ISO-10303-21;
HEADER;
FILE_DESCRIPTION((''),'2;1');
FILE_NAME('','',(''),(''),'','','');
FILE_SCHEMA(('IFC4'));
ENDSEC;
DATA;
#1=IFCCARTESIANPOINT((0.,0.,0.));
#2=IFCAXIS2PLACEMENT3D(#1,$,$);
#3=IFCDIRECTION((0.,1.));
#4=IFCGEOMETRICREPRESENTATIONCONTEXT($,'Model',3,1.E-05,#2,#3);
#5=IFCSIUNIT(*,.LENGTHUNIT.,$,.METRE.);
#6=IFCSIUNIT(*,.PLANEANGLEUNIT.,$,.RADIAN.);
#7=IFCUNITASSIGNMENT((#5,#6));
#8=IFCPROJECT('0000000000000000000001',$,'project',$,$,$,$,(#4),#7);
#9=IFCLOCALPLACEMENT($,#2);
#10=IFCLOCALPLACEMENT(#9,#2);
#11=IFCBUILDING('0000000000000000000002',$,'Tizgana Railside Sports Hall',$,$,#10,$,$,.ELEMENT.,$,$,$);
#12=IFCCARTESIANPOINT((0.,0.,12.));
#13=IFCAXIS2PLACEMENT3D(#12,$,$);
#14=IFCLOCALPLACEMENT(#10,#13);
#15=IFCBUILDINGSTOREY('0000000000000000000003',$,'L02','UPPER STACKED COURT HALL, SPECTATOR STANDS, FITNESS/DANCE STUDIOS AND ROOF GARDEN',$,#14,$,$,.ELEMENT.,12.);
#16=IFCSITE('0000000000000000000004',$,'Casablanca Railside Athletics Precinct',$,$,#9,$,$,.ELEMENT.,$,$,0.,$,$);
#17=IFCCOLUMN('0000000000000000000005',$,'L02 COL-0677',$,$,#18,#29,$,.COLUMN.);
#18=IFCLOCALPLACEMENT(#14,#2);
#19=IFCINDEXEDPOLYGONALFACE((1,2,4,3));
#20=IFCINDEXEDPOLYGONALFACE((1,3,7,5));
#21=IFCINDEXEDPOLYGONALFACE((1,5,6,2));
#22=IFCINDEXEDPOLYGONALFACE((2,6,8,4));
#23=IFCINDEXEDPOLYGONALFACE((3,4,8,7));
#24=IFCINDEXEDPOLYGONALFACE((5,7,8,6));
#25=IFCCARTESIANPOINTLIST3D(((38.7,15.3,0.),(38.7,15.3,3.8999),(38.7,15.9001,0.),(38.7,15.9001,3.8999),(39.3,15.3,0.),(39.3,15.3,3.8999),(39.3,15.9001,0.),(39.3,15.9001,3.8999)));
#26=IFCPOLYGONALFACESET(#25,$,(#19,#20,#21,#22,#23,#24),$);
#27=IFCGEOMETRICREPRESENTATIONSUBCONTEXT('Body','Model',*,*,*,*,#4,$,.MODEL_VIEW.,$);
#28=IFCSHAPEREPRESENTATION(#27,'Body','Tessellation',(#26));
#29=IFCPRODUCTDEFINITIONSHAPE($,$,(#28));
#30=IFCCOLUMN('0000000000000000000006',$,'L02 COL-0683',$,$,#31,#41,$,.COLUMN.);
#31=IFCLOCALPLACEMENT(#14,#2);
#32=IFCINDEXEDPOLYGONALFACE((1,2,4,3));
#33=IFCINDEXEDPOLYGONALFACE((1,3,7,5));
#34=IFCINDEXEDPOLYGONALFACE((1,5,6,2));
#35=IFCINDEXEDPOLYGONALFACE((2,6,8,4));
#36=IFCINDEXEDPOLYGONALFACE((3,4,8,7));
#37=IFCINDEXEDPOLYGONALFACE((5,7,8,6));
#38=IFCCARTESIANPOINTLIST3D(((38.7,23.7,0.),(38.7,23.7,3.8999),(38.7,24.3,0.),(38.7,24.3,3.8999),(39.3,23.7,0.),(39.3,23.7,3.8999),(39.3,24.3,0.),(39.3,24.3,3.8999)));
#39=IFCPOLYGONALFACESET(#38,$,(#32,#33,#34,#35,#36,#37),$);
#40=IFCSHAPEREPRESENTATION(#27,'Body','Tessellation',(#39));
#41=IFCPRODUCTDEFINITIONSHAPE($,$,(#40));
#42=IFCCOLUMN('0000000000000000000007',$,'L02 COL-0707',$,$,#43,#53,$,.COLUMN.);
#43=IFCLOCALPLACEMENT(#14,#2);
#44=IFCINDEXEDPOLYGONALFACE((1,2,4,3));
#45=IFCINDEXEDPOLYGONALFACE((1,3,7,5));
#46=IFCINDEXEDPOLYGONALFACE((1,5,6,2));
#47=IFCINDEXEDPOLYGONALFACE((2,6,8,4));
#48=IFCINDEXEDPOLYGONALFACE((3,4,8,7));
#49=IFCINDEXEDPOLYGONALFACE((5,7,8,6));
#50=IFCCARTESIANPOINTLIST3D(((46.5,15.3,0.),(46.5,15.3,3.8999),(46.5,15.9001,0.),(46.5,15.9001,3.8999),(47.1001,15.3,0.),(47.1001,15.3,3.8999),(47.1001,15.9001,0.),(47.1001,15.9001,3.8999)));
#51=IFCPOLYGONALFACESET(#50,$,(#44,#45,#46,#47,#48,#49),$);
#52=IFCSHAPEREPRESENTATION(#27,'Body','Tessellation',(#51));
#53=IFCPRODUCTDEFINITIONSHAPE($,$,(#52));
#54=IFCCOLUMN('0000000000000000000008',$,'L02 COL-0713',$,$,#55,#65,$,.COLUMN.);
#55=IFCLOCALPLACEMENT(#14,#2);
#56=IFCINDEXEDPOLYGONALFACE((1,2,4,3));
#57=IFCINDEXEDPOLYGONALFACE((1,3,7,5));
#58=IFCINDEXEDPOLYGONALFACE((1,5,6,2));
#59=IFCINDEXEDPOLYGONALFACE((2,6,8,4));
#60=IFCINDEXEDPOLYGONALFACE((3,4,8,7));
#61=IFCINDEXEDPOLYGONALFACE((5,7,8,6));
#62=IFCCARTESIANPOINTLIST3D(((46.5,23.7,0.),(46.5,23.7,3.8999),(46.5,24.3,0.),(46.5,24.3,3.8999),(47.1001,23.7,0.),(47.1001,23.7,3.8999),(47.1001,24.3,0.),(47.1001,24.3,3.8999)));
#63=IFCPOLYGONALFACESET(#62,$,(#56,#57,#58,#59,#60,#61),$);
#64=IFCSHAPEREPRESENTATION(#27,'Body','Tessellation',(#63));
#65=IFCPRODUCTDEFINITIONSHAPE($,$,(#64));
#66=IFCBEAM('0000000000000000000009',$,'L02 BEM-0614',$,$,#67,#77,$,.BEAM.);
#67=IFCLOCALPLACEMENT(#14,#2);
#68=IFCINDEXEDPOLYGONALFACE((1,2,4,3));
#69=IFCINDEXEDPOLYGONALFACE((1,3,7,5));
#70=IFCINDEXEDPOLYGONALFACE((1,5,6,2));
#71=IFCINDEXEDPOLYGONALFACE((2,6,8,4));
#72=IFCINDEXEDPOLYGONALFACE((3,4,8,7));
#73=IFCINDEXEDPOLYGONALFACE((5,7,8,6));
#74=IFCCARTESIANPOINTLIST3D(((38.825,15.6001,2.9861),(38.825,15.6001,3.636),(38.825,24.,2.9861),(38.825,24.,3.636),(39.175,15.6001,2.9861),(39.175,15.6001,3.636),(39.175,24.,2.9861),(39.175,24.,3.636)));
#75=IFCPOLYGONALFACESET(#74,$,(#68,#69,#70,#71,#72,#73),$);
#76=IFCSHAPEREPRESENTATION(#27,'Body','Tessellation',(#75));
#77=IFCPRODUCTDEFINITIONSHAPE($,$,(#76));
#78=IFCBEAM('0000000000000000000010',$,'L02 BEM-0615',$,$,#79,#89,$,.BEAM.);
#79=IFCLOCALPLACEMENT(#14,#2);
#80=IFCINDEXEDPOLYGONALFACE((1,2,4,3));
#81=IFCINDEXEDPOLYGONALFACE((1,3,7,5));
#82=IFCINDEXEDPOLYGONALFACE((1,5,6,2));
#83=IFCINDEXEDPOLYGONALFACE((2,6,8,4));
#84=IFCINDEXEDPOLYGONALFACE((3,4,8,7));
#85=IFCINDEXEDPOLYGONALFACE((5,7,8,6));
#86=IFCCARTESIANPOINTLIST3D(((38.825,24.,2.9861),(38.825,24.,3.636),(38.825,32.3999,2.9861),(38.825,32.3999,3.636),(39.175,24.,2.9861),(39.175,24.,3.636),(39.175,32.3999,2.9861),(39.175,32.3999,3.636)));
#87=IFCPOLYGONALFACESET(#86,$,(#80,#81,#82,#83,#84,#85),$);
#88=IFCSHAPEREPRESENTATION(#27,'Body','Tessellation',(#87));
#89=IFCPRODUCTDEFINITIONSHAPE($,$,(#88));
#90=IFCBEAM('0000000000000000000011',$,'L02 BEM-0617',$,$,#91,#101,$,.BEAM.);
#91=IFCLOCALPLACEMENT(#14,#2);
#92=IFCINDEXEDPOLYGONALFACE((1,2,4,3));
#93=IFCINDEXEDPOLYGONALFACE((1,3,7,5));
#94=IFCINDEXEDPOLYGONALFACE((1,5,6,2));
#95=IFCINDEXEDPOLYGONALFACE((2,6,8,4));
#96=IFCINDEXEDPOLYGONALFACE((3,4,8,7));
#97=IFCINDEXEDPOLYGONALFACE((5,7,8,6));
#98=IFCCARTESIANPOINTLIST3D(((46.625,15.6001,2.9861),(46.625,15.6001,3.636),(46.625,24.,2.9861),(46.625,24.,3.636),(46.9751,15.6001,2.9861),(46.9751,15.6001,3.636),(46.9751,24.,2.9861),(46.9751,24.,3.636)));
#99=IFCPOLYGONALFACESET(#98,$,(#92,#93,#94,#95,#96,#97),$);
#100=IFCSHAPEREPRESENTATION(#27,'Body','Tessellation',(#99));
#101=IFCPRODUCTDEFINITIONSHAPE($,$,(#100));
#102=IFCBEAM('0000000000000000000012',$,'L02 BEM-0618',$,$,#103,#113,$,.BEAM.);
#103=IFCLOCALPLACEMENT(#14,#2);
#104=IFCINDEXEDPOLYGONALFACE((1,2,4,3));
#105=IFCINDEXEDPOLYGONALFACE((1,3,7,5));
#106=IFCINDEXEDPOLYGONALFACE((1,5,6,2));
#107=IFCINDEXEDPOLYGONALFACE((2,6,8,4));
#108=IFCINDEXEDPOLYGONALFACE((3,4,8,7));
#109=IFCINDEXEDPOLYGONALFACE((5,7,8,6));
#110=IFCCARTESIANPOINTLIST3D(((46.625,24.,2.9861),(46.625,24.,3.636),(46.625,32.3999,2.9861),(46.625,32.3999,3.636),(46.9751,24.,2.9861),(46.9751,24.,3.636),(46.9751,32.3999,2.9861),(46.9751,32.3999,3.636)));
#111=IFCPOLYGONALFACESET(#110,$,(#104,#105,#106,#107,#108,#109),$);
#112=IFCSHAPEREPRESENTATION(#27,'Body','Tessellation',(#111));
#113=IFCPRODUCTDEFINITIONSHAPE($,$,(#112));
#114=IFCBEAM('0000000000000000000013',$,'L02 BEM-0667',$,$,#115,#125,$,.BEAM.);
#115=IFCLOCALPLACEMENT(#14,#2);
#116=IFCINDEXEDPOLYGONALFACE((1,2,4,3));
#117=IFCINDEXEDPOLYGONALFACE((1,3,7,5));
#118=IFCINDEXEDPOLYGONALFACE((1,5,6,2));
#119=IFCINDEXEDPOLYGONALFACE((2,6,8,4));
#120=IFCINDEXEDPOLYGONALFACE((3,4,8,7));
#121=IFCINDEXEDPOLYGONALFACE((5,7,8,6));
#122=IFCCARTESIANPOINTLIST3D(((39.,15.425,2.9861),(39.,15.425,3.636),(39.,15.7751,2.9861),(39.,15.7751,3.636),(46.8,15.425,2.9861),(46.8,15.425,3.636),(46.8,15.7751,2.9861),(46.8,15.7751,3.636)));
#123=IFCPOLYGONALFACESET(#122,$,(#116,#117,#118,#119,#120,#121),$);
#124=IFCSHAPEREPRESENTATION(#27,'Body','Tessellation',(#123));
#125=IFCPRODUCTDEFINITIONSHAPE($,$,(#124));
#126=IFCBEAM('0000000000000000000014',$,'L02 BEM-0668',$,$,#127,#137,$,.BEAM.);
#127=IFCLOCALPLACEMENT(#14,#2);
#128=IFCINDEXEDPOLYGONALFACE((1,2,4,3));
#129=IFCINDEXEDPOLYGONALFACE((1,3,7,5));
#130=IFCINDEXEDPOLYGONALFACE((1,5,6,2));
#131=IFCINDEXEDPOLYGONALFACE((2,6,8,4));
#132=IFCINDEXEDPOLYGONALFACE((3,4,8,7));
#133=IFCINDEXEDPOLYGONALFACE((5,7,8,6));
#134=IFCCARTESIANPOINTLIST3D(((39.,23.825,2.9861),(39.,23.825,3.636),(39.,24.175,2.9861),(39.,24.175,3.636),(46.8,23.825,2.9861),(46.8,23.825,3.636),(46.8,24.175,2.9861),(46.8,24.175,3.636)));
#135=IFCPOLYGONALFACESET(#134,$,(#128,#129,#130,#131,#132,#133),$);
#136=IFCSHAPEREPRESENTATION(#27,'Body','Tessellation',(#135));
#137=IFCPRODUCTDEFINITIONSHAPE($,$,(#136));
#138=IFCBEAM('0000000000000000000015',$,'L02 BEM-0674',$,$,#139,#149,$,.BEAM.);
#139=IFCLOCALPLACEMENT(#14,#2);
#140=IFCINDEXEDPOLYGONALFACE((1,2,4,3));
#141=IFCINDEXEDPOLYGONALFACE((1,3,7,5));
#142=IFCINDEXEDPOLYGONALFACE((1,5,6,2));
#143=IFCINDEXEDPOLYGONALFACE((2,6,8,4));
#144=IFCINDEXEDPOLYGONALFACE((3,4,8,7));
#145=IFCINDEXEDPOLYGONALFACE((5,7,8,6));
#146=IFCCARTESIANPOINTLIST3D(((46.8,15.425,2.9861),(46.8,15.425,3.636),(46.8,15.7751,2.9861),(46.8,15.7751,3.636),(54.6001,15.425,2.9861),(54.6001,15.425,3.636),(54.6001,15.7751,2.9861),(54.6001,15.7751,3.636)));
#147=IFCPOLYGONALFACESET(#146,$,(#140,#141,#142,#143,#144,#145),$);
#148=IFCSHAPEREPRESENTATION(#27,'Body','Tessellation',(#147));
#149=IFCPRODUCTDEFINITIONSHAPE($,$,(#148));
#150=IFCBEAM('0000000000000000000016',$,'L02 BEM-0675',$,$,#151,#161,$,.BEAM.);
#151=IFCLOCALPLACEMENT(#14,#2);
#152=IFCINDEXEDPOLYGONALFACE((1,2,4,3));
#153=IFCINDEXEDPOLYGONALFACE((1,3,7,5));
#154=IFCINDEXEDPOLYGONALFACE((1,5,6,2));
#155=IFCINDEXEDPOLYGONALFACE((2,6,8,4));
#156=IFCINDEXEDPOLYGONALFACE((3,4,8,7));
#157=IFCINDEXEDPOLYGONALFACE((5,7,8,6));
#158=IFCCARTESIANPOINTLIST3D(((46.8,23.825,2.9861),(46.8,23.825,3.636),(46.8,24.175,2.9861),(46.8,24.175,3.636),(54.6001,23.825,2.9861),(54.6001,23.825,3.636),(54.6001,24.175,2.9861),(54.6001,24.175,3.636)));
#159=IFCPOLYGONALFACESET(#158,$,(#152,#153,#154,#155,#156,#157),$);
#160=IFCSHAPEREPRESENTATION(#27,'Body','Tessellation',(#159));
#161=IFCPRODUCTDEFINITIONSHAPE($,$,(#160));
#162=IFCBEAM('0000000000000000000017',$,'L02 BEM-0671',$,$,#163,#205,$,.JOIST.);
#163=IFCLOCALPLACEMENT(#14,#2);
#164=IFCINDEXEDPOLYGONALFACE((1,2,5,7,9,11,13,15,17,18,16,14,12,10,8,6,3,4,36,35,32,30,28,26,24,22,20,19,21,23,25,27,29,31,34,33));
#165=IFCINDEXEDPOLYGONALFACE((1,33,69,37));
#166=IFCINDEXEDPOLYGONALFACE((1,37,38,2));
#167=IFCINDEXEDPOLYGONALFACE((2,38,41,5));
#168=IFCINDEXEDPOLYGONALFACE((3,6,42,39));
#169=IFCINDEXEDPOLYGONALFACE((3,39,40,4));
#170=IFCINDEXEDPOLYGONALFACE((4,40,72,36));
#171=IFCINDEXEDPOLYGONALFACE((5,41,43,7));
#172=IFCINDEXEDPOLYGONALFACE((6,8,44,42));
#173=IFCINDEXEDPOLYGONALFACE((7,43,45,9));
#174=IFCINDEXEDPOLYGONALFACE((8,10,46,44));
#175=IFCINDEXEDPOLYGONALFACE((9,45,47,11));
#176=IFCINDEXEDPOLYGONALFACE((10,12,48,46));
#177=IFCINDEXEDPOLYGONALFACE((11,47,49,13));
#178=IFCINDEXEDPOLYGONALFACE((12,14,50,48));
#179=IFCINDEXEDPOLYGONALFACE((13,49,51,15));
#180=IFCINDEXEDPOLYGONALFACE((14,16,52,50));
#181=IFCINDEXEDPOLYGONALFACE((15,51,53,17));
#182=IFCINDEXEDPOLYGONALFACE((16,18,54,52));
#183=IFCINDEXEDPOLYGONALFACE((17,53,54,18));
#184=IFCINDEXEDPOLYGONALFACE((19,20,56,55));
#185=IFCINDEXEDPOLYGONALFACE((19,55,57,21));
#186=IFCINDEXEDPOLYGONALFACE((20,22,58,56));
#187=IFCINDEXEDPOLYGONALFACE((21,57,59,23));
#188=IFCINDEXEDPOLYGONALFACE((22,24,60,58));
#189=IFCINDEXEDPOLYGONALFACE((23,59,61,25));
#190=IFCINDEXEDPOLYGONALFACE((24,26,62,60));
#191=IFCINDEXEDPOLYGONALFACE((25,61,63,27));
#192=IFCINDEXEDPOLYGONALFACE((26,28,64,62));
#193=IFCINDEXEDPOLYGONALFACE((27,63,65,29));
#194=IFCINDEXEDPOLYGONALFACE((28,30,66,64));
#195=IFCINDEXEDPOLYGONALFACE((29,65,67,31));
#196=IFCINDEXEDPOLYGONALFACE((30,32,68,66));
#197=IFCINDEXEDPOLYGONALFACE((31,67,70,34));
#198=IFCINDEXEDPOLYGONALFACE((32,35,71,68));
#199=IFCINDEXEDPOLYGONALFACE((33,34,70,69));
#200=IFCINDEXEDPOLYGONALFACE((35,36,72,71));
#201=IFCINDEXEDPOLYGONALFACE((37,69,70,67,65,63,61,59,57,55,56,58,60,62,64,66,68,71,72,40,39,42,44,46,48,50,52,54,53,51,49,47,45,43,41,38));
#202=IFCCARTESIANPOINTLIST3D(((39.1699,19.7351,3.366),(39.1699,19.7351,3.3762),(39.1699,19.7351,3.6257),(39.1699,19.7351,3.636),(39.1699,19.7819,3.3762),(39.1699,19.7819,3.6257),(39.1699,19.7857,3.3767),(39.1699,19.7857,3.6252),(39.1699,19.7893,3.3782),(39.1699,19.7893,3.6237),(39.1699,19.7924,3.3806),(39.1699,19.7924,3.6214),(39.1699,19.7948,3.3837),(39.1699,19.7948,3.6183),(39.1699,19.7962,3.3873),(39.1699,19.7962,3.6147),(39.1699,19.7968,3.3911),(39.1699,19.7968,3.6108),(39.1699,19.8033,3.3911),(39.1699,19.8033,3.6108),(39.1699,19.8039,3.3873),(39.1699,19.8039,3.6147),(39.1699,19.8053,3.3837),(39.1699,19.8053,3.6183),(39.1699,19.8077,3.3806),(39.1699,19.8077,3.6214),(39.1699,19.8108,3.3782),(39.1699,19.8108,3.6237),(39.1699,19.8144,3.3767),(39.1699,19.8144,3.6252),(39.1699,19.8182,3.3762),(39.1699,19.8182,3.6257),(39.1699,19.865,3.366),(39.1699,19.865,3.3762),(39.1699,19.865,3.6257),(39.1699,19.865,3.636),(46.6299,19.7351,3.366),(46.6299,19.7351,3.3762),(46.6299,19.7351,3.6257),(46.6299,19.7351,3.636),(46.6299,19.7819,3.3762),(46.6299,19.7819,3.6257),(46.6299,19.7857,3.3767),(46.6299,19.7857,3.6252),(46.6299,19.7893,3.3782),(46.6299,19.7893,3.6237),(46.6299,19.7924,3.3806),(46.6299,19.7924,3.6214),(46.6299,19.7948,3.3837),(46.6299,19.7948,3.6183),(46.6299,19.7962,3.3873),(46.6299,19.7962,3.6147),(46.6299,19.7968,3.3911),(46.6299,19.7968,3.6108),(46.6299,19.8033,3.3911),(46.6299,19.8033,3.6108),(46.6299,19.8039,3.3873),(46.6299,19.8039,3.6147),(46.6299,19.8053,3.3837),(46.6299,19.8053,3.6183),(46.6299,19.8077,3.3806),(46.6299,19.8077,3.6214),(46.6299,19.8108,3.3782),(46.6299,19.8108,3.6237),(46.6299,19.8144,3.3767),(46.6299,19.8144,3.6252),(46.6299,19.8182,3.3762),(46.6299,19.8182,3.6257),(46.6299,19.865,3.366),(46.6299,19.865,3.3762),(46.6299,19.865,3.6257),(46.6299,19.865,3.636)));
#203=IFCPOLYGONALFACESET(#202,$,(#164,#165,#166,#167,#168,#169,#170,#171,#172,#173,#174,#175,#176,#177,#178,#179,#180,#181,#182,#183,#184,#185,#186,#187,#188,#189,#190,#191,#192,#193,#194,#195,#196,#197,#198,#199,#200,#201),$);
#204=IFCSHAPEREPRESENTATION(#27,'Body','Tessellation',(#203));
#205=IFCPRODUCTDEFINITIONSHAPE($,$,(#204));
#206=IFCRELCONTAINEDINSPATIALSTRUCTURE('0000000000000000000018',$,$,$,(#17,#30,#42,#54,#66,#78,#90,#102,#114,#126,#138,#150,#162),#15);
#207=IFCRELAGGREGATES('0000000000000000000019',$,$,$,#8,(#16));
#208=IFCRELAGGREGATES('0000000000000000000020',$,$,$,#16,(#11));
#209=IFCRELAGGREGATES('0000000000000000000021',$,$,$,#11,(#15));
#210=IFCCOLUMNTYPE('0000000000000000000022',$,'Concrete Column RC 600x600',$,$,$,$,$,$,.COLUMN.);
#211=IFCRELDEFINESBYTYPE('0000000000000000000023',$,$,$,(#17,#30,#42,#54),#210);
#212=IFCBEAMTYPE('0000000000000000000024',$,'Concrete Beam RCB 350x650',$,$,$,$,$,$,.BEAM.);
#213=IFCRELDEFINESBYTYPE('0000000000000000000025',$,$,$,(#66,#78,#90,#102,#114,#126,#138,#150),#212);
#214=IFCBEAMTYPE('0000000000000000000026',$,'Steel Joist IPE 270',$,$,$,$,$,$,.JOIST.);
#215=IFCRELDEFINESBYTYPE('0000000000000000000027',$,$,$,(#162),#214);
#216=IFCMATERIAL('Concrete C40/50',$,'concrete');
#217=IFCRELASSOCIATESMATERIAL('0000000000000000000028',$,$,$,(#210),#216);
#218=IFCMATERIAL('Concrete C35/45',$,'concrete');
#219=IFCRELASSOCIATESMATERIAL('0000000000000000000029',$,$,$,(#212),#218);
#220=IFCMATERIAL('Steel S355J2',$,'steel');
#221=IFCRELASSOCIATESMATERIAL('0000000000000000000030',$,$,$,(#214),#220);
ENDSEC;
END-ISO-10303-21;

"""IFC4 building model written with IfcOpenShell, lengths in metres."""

from ifc_helpers import new_model, si_unit, direction, frame, origin, origin_2d, place, context, subcontext, project, spatial, rectangle, i_section, extrude, material, material_profile, profile_set, type_object, element, save


model = new_model("IFC4")

# Units and contexts
model_context = context("Model", 3, precision=1e-05, world=origin(), true_north=direction((0.0, 1.0)))
body_context = subcontext(model_context, "Body", "Model", "MODEL_VIEW")
ifc_project = project(units=[si_unit("LENGTHUNIT", "METRE"), si_unit("PLANEANGLEUNIT", "RADIAN")], contexts=[model_context])

# Site, building, storey
site_placement = place(None, origin())
site = spatial("IfcSite", under=ifc_project, at=site_placement, Name="Casablanca Railside Athletics Precinct", CompositionType="ELEMENT", RefElevation=0.0)
building_placement = place(site_placement, origin())
building = spatial("IfcBuilding", under=site, at=building_placement, Name="Tizgana Railside Sports Hall", CompositionType="ELEMENT")
storey_placement = place(building_placement, frame((0.0, 0.0, 12.0)))
storey = spatial("IfcBuildingStorey", under=building, at=storey_placement, Name="L02", Description="UPPER STACKED COURT HALL, SPECTATOR STANDS, FITNESS/DANCE STUDIOS AND ROOF GARDEN", CompositionType="ELEMENT", Elevation=12.0)

# Columns
ifc_material_1 = material(Name="Concrete C40/50", Category="concrete")
ifc_material_profile_1 = material_profile(ifc_material_1, rectangle(XDim=0.6001, YDim=0.6001, at=origin_2d()), Name="RC 600x600")
ifc_profile_set_1 = profile_set([ifc_material_profile_1], Name="Concrete C40/50")
column_type = type_object("IfcColumnType", Name="Concrete Column RC 600x600", PredefinedType="COLUMN", material=ifc_profile_set_1)
for number, where, z_axis, x_axis, name in (
    (1, (39.0, 15.6001, 0.0), (0.0, 0.0, 1.0), (1.0, 0.0, 0.0), "L02 COL-0677"),
    (2, (39.0, 24.0, 0.0), (0.0, 0.0, 1.0), (1.0, 0.0, 0.0), "L02 COL-0683"),
    (3, (46.8, 15.6001, 0.0), (0.0, 0.0, 1.0), (1.0, 0.0, 0.0), "L02 COL-0707"),
    (4, (46.8, 24.0, 0.0), (0.0, 0.0, 1.0), (1.0, 0.0, 0.0), "L02 COL-0713"),
):
    element("IfcColumn", number, at=place(storey_placement, frame(where, z_axis=z_axis, x_axis=x_axis)), inside=storey, type_object=column_type, Name=name, PredefinedType="COLUMN", context=body_context, shape_type="SweptSolid", body=[
        extrude(rectangle(XDim=0.6001, YDim=0.6001, at=origin_2d()), origin(), (0.0, 0.0, 1.0), 3.8999),
    ])

# Beams
ifc_material_2 = material(Name="Concrete C35/45", Category="concrete")
ifc_material_profile_2 = material_profile(ifc_material_2, rectangle(XDim=0.3501, YDim=0.6499, at=origin_2d()), Name="RCB 350x650")
ifc_profile_set_2 = profile_set([ifc_material_profile_2], Name="Concrete C35/45")
beam_type_1 = type_object("IfcBeamType", Name="Concrete Beam RCB 350x650", PredefinedType="BEAM", material=ifc_profile_set_2)
for number, where, z_axis, x_axis, name in (
    (5, (39.0, 15.6001, 3.311), (0.0, 1.0, 0.0), (-1.0, 0.0, 0.0), "L02 BEM-0614"),
    (6, (39.0, 24.0, 3.311), (0.0, 1.0, 0.0), (-1.0, 0.0, 0.0), "L02 BEM-0615"),
    (7, (46.8, 15.6001, 3.311), (0.0, 1.0, 0.0), (-1.0, 0.0, 0.0), "L02 BEM-0617"),
    (8, (46.8, 24.0, 3.311), (0.0, 1.0, 0.0), (-1.0, 0.0, 0.0), "L02 BEM-0618"),
):
    element("IfcBeam", number, at=place(storey_placement, frame(where, z_axis=z_axis, x_axis=x_axis)), inside=storey, type_object=beam_type_1, Name=name, PredefinedType="BEAM", context=body_context, shape_type="SweptSolid", body=[
        extrude(rectangle(XDim=0.3501, YDim=0.6499, at=origin_2d()), origin(), (0.0, 0.0, 1.0), 8.3999),
    ])
for number, where, z_axis, x_axis, name in (
    (9, (39.0, 15.6001, 3.311), (1.0, 0.0, 0.0), (0.0, 1.0, 0.0), "L02 BEM-0667"),
    (10, (39.0, 24.0, 3.311), (1.0, 0.0, 0.0), (0.0, 1.0, 0.0), "L02 BEM-0668"),
    (11, (46.8, 15.6001, 3.311), (1.0, 0.0, 0.0), (0.0, 1.0, 0.0), "L02 BEM-0674"),
    (12, (46.8, 24.0, 3.311), (1.0, 0.0, 0.0), (0.0, 1.0, 0.0), "L02 BEM-0675"),
):
    element("IfcBeam", number, at=place(storey_placement, frame(where, z_axis=z_axis, x_axis=x_axis)), inside=storey, type_object=beam_type_1, Name=name, PredefinedType="BEAM", context=body_context, shape_type="SweptSolid", body=[
        extrude(rectangle(XDim=0.3501, YDim=0.6499, at=origin_2d()), origin(), (0.0, 0.0, 1.0), 7.8),
    ])
ifc_material_3 = material(Name="Steel S355J2", Category="steel")
ifc_material_profile_3 = material_profile(ifc_material_3, i_section(OverallWidth=0.1299, OverallDepth=0.27, WebThickness=0.0066, FlangeThickness=0.0103, FilletRadius=0.0149, at=origin_2d()), Name="IPE 270")
ifc_profile_set_3 = profile_set([ifc_material_profile_3], Name="Steel S355J2")
beam_type_2 = type_object("IfcBeamType", Name="Steel Joist IPE 270", PredefinedType="JOIST", material=ifc_profile_set_3)
for number, where, z_axis, x_axis, name in (
    (13, (39.1699, 19.8, 3.501), (1.0, 0.0, 0.0), (0.0, 1.0, 0.0), "L02 BEM-0671"),
):
    element("IfcBeam", number, at=place(storey_placement, frame(where, z_axis=z_axis, x_axis=x_axis)), inside=storey, type_object=beam_type_2, Name=name, PredefinedType="JOIST", context=body_context, shape_type="SweptSolid", body=[
        extrude(i_section(OverallWidth=0.1299, OverallDepth=0.27, WebThickness=0.0066, FlangeThickness=0.0103, FilletRadius=0.0149, at=origin_2d()), origin(), (0.0, 0.0, 1.0), 7.46),
    ])

save(model, "model.ifc")
